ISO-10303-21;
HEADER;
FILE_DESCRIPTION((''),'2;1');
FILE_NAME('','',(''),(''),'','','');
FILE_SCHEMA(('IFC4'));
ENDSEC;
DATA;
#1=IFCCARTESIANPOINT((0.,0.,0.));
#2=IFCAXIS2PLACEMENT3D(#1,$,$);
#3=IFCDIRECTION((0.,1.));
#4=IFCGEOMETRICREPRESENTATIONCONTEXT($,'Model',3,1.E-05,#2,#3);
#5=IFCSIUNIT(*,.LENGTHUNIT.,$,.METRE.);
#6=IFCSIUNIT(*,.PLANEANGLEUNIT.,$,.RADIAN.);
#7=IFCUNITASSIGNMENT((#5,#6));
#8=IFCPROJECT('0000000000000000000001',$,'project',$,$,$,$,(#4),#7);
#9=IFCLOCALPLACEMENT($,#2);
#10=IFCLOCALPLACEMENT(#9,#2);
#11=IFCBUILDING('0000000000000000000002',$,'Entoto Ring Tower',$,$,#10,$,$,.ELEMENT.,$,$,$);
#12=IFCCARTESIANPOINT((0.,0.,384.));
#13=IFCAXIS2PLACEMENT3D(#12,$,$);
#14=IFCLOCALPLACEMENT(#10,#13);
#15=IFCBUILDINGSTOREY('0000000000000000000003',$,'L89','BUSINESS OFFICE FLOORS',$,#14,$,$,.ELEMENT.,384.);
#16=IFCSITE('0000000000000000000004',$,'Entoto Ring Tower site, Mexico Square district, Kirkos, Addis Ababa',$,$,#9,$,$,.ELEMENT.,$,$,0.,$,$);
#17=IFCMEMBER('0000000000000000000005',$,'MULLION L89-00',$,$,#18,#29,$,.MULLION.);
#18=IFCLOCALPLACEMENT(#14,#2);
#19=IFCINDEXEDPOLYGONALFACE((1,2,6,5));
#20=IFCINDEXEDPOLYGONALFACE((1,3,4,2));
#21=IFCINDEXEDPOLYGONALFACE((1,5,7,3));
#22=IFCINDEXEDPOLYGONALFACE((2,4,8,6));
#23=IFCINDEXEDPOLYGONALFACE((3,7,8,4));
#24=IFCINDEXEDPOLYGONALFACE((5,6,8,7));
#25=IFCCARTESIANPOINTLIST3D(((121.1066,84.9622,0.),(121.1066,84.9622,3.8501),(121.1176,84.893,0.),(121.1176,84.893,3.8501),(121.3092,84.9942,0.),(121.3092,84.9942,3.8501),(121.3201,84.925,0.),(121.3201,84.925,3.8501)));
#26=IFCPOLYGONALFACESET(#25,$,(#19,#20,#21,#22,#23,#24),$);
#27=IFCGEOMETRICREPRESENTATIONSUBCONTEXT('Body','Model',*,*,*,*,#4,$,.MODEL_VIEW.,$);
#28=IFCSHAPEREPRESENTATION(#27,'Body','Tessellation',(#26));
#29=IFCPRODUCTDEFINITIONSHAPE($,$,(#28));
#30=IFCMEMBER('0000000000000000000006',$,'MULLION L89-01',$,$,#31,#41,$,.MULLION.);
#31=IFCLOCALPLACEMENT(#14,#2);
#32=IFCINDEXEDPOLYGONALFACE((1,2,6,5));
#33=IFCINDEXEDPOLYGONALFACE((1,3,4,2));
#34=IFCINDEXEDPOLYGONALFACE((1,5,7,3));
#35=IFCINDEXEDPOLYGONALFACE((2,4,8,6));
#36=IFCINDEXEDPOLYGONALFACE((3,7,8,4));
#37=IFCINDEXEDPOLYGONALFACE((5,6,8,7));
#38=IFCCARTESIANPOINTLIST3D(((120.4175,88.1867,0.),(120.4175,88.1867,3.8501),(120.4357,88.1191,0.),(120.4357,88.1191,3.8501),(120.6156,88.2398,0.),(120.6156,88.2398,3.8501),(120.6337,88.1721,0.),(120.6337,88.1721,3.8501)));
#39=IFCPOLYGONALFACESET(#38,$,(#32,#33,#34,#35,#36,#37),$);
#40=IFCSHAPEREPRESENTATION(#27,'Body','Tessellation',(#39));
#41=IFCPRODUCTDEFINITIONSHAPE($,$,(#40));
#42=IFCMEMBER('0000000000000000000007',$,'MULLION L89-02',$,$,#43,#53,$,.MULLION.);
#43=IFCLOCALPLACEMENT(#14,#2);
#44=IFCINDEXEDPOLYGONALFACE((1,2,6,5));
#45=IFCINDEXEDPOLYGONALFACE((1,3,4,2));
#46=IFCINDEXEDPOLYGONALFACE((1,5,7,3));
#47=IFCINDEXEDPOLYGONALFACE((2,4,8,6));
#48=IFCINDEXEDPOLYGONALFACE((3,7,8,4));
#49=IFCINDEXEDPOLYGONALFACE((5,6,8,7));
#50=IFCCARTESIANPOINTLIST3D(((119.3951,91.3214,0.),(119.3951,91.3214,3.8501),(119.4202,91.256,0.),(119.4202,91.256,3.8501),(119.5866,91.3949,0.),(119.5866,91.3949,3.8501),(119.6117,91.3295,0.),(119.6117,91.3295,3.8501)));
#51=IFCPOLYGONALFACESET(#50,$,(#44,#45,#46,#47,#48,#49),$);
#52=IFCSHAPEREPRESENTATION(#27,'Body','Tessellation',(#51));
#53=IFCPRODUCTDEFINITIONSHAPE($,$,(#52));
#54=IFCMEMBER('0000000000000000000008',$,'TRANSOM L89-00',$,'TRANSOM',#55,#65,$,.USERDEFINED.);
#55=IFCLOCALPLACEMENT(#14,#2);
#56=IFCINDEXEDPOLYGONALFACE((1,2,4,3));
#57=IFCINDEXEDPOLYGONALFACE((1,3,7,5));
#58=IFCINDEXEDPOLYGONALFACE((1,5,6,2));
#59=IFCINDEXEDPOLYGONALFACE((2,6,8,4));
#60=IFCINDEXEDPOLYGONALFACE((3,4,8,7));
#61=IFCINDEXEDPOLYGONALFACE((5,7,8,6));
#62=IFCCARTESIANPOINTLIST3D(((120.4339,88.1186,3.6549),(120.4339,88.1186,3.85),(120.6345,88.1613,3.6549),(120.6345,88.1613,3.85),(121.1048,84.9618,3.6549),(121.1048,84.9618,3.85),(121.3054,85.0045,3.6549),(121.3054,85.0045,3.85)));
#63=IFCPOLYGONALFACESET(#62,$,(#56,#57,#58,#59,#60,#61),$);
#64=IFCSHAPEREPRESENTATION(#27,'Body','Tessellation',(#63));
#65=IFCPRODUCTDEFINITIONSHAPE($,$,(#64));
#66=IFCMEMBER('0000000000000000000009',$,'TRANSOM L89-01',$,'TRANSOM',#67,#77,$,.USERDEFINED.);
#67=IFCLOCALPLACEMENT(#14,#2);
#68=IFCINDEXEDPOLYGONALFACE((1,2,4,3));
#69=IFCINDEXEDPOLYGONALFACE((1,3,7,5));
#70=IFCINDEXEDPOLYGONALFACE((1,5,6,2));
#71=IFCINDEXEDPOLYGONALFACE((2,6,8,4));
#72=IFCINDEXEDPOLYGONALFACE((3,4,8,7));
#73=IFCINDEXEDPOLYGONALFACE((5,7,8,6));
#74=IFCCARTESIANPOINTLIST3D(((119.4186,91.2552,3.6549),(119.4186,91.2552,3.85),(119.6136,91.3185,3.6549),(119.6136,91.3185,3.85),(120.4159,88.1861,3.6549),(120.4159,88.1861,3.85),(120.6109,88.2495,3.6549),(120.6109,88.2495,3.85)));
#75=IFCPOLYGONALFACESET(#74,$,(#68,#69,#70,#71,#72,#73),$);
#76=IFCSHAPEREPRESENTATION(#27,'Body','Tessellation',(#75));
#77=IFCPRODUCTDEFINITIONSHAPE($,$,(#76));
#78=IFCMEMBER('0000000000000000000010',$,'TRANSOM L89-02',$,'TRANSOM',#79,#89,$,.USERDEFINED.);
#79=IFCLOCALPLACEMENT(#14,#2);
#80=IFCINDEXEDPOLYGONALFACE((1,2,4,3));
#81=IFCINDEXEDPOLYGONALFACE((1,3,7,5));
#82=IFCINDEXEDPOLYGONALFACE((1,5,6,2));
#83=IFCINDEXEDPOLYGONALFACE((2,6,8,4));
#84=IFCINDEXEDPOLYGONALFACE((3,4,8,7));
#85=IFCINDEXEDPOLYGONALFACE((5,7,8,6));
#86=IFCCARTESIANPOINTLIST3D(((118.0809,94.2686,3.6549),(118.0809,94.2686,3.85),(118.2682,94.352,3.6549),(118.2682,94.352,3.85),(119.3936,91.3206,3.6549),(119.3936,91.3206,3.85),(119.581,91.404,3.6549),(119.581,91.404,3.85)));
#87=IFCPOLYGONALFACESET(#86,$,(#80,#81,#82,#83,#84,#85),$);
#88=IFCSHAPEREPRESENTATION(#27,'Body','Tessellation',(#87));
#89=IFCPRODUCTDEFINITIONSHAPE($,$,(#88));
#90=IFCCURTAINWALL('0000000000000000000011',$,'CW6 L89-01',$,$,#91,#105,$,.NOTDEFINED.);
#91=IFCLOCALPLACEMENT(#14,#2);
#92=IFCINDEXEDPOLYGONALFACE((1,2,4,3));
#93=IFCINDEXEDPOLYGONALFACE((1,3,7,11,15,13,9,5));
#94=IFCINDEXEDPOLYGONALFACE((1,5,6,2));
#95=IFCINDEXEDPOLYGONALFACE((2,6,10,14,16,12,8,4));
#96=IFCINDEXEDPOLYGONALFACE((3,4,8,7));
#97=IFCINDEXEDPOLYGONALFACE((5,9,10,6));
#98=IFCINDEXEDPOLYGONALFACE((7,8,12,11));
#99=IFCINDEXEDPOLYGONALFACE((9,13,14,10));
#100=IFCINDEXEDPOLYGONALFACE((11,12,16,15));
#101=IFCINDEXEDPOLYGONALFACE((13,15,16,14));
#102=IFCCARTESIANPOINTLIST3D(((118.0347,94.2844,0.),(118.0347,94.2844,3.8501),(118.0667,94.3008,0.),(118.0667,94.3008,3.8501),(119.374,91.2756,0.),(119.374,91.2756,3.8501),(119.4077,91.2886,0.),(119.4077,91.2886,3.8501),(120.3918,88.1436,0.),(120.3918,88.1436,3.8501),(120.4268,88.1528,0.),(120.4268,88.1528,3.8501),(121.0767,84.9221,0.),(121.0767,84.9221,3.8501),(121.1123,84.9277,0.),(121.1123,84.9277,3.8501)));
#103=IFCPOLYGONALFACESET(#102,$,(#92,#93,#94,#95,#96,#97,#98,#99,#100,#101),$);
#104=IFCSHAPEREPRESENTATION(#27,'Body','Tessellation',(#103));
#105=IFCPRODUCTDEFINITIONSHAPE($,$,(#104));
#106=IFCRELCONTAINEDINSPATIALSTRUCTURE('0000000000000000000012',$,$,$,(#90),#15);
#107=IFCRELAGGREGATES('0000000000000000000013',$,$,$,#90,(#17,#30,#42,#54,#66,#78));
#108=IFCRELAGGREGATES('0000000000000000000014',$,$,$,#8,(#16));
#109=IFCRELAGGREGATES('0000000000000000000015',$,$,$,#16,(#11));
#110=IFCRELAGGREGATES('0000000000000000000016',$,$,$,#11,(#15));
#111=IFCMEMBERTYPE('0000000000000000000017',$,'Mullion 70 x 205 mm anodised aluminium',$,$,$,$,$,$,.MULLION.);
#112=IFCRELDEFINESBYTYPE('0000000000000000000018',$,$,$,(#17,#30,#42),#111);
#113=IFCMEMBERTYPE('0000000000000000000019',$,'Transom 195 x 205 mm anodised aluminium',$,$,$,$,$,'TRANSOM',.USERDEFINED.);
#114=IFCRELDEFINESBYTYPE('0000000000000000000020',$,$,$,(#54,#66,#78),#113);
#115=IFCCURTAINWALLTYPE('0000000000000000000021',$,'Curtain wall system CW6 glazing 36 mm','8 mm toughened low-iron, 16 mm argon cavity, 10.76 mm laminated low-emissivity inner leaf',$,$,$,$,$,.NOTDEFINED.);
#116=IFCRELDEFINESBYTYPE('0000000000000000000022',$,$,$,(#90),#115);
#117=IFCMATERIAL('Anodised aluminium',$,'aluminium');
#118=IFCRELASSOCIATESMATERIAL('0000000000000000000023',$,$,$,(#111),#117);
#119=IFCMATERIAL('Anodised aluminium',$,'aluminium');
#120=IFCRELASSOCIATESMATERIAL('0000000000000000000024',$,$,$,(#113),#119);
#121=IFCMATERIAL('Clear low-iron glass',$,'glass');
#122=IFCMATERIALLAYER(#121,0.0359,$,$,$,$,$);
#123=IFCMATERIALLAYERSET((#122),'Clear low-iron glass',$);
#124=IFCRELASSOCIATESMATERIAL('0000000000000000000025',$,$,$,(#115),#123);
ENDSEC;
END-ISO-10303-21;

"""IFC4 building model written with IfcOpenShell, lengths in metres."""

from ifc_helpers import new_model, si_unit, direction, frame, origin, origin_2d, place, context, subcontext, project, spatial, polyline, rectangle, outline, extrude, material, layer, layer_set, material_profile, profile_set, type_object, element, aggregate, save


model = new_model("IFC4")

# Units and contexts
model_context = context("Model", 3, precision=1e-05, world=origin(), true_north=direction((0.0, 1.0)))
body_context = subcontext(model_context, "Body", "Model", "MODEL_VIEW")
ifc_project = project(units=[si_unit("LENGTHUNIT", "METRE"), si_unit("PLANEANGLEUNIT", "RADIAN")], contexts=[model_context])

# Members
ifc_material_1 = material(Name="Anodised aluminium", Category="aluminium")
ifc_material_profile_1 = material_profile(ifc_material_1, rectangle(XDim=0.0701, YDim=0.2051, at=origin_2d()), Name="Mullion 70 x 205 mm anodised aluminium")
ifc_profile_set_1 = profile_set([ifc_material_profile_1], Name="Anodised aluminium")
member_type_1 = type_object("IfcMemberType", Name="Mullion 70 x 205 mm anodised aluminium", PredefinedType="MULLION", material=ifc_profile_set_1)
site_placement = place(None, origin())
building_placement = place(site_placement, origin())
storey_placement = place(building_placement, frame((0.0, 0.0, 384.0)))
member_1_placement = place(storey_placement, frame((121.2134, 84.9436, 0.0), z_axis=(0.0, 0.0, 1.0), x_axis=(-0.156434, 0.987688, 0.0)))
member_1 = element("IfcMember", 1, at=member_1_placement, type_object=member_type_1, Name="MULLION L89-00", PredefinedType="MULLION", context=body_context, shape_type="SweptSolid", body=[
    extrude(rectangle(XDim=0.0701, YDim=0.2051, at=origin_2d()), origin(), (0.0, 0.0, 1.0), 3.8501),
])
member_2_placement = place(storey_placement, frame((120.5256, 88.1794, 0.0), z_axis=(0.0, 0.0, 1.0), x_axis=(-0.258819, 0.965926, 0.0)))
member_2 = element("IfcMember", 2, at=member_2_placement, type_object=member_type_1, Name="MULLION L89-01", PredefinedType="MULLION", context=body_context, shape_type="SweptSolid", body=[
    extrude(rectangle(XDim=0.0701, YDim=0.2051, at=origin_2d()), origin(), (0.0, 0.0, 1.0), 3.8501),
])
member_3_placement = place(storey_placement, frame((119.5034, 91.3254, 0.0), z_axis=(0.0, 0.0, 1.0), x_axis=(-0.358368, 0.93358, 0.0)))
member_3 = element("IfcMember", 3, at=member_3_placement, type_object=member_type_1, Name="MULLION L89-02", PredefinedType="MULLION", context=body_context, shape_type="SweptSolid", body=[
    extrude(rectangle(XDim=0.0701, YDim=0.2051, at=origin_2d()), origin(), (0.0, 0.0, 1.0), 3.8501),
])
ifc_material_2 = material(Name="Anodised aluminium", Category="aluminium")
ifc_material_profile_2 = material_profile(ifc_material_2, rectangle(XDim=0.2051, YDim=0.1951, at=origin_2d()), Name="Transom 195 x 205 mm anodised aluminium")
ifc_profile_set_2 = profile_set([ifc_material_profile_2], Name="Anodised aluminium")
member_type_2 = type_object("IfcMemberType", Name="Transom 195 x 205 mm anodised aluminium", ElementType="TRANSOM", PredefinedType="USERDEFINED", material=ifc_profile_set_2)
member_4_placement = place(storey_placement, frame((121.2051, 84.9832, 3.7524), z_axis=(-0.207886, 0.978153, 0.0), x_axis=(-0.978153, -0.207886, 0.0)))
member_4 = element("IfcMember", 4, at=member_4_placement, type_object=member_type_2, Name="TRANSOM L89-00", ObjectType="TRANSOM", PredefinedType="USERDEFINED", context=body_context, shape_type="SweptSolid", body=[
    extrude(rectangle(XDim=0.2051, YDim=0.1951, at=origin_2d()), origin(), (0.0, 0.0, 1.0), 3.2273),
])
member_5_placement = place(storey_placement, frame((120.5134, 88.2178, 3.7524), z_axis=(-0.309047, 0.951047, 0.0), x_axis=(-0.951047, -0.309047, 0.0)))
member_5 = element("IfcMember", 5, at=member_5_placement, type_object=member_type_2, Name="TRANSOM L89-01", ObjectType="TRANSOM", PredefinedType="USERDEFINED", context=body_context, shape_type="SweptSolid", body=[
    extrude(rectangle(XDim=0.2051, YDim=0.1951, at=origin_2d()), origin(), (0.0, 0.0, 1.0), 3.2271),
])
member_6_placement = place(storey_placement, frame((119.4873, 91.3623, 3.7524), z_axis=(-0.406791, 0.913521, 0.0), x_axis=(-0.913521, -0.406791, 0.0)))
member_6 = element("IfcMember", 6, at=member_6_placement, type_object=member_type_2, Name="TRANSOM L89-02", ObjectType="TRANSOM", PredefinedType="USERDEFINED", context=body_context, shape_type="SweptSolid", body=[
    extrude(rectangle(XDim=0.2051, YDim=0.1951, at=origin_2d()), origin(), (0.0, 0.0, 1.0), 3.2271),
])

# Site, building, storey
site = spatial("IfcSite", under=ifc_project, at=site_placement, Name="Entoto Ring Tower site, Mexico Square district, Kirkos, Addis Ababa", CompositionType="ELEMENT", RefElevation=0.0)
building = spatial("IfcBuilding", under=site, at=building_placement, Name="Entoto Ring Tower", CompositionType="ELEMENT")
storey = spatial("IfcBuildingStorey", under=building, at=storey_placement, Name="L89", Description="BUSINESS OFFICE FLOORS", CompositionType="ELEMENT", Elevation=384.0)

# Curtain wall
ifc_material_3 = material(Name="Clear low-iron glass", Category="glass")
ifc_layer_1 = layer(ifc_material_3, 0.0359)
ifc_layer_set_1 = layer_set([ifc_layer_1], Name="Clear low-iron glass")
curtain_wall_type = type_object("IfcCurtainWallType", Name="Curtain wall system CW6 glazing 36 mm", Description="8 mm toughened low-iron, 16 mm argon cavity, 10.76 mm laminated low-emissivity inner leaf", PredefinedType="NOTDEFINED", material=ifc_layer_set_1)
curtain_wall_1_placement = place(storey_placement, origin())
curtain_wall_1 = element("IfcCurtainWall", 7, at=curtain_wall_1_placement, inside=storey, type_object=curtain_wall_type, Name="CW6 L89-01", PredefinedType="NOTDEFINED", context=body_context, shape_type="SweptSolid", body=[
    extrude(outline(polyline([(121.1123, 84.9277), (120.4268, 88.1528), (119.4077, 91.2886), (118.0667, 94.3008), (118.0347, 94.2844), (119.374, 91.2756), (120.3918, 88.1436), (121.0767, 84.9221), (121.1123, 84.9277)])), origin(), (0.0, 0.0, 1.0), 3.8501),
])
aggregate(curtain_wall_1, [member_1, member_2, member_3, member_4, member_5, member_6])

save(model, "model.ifc")
